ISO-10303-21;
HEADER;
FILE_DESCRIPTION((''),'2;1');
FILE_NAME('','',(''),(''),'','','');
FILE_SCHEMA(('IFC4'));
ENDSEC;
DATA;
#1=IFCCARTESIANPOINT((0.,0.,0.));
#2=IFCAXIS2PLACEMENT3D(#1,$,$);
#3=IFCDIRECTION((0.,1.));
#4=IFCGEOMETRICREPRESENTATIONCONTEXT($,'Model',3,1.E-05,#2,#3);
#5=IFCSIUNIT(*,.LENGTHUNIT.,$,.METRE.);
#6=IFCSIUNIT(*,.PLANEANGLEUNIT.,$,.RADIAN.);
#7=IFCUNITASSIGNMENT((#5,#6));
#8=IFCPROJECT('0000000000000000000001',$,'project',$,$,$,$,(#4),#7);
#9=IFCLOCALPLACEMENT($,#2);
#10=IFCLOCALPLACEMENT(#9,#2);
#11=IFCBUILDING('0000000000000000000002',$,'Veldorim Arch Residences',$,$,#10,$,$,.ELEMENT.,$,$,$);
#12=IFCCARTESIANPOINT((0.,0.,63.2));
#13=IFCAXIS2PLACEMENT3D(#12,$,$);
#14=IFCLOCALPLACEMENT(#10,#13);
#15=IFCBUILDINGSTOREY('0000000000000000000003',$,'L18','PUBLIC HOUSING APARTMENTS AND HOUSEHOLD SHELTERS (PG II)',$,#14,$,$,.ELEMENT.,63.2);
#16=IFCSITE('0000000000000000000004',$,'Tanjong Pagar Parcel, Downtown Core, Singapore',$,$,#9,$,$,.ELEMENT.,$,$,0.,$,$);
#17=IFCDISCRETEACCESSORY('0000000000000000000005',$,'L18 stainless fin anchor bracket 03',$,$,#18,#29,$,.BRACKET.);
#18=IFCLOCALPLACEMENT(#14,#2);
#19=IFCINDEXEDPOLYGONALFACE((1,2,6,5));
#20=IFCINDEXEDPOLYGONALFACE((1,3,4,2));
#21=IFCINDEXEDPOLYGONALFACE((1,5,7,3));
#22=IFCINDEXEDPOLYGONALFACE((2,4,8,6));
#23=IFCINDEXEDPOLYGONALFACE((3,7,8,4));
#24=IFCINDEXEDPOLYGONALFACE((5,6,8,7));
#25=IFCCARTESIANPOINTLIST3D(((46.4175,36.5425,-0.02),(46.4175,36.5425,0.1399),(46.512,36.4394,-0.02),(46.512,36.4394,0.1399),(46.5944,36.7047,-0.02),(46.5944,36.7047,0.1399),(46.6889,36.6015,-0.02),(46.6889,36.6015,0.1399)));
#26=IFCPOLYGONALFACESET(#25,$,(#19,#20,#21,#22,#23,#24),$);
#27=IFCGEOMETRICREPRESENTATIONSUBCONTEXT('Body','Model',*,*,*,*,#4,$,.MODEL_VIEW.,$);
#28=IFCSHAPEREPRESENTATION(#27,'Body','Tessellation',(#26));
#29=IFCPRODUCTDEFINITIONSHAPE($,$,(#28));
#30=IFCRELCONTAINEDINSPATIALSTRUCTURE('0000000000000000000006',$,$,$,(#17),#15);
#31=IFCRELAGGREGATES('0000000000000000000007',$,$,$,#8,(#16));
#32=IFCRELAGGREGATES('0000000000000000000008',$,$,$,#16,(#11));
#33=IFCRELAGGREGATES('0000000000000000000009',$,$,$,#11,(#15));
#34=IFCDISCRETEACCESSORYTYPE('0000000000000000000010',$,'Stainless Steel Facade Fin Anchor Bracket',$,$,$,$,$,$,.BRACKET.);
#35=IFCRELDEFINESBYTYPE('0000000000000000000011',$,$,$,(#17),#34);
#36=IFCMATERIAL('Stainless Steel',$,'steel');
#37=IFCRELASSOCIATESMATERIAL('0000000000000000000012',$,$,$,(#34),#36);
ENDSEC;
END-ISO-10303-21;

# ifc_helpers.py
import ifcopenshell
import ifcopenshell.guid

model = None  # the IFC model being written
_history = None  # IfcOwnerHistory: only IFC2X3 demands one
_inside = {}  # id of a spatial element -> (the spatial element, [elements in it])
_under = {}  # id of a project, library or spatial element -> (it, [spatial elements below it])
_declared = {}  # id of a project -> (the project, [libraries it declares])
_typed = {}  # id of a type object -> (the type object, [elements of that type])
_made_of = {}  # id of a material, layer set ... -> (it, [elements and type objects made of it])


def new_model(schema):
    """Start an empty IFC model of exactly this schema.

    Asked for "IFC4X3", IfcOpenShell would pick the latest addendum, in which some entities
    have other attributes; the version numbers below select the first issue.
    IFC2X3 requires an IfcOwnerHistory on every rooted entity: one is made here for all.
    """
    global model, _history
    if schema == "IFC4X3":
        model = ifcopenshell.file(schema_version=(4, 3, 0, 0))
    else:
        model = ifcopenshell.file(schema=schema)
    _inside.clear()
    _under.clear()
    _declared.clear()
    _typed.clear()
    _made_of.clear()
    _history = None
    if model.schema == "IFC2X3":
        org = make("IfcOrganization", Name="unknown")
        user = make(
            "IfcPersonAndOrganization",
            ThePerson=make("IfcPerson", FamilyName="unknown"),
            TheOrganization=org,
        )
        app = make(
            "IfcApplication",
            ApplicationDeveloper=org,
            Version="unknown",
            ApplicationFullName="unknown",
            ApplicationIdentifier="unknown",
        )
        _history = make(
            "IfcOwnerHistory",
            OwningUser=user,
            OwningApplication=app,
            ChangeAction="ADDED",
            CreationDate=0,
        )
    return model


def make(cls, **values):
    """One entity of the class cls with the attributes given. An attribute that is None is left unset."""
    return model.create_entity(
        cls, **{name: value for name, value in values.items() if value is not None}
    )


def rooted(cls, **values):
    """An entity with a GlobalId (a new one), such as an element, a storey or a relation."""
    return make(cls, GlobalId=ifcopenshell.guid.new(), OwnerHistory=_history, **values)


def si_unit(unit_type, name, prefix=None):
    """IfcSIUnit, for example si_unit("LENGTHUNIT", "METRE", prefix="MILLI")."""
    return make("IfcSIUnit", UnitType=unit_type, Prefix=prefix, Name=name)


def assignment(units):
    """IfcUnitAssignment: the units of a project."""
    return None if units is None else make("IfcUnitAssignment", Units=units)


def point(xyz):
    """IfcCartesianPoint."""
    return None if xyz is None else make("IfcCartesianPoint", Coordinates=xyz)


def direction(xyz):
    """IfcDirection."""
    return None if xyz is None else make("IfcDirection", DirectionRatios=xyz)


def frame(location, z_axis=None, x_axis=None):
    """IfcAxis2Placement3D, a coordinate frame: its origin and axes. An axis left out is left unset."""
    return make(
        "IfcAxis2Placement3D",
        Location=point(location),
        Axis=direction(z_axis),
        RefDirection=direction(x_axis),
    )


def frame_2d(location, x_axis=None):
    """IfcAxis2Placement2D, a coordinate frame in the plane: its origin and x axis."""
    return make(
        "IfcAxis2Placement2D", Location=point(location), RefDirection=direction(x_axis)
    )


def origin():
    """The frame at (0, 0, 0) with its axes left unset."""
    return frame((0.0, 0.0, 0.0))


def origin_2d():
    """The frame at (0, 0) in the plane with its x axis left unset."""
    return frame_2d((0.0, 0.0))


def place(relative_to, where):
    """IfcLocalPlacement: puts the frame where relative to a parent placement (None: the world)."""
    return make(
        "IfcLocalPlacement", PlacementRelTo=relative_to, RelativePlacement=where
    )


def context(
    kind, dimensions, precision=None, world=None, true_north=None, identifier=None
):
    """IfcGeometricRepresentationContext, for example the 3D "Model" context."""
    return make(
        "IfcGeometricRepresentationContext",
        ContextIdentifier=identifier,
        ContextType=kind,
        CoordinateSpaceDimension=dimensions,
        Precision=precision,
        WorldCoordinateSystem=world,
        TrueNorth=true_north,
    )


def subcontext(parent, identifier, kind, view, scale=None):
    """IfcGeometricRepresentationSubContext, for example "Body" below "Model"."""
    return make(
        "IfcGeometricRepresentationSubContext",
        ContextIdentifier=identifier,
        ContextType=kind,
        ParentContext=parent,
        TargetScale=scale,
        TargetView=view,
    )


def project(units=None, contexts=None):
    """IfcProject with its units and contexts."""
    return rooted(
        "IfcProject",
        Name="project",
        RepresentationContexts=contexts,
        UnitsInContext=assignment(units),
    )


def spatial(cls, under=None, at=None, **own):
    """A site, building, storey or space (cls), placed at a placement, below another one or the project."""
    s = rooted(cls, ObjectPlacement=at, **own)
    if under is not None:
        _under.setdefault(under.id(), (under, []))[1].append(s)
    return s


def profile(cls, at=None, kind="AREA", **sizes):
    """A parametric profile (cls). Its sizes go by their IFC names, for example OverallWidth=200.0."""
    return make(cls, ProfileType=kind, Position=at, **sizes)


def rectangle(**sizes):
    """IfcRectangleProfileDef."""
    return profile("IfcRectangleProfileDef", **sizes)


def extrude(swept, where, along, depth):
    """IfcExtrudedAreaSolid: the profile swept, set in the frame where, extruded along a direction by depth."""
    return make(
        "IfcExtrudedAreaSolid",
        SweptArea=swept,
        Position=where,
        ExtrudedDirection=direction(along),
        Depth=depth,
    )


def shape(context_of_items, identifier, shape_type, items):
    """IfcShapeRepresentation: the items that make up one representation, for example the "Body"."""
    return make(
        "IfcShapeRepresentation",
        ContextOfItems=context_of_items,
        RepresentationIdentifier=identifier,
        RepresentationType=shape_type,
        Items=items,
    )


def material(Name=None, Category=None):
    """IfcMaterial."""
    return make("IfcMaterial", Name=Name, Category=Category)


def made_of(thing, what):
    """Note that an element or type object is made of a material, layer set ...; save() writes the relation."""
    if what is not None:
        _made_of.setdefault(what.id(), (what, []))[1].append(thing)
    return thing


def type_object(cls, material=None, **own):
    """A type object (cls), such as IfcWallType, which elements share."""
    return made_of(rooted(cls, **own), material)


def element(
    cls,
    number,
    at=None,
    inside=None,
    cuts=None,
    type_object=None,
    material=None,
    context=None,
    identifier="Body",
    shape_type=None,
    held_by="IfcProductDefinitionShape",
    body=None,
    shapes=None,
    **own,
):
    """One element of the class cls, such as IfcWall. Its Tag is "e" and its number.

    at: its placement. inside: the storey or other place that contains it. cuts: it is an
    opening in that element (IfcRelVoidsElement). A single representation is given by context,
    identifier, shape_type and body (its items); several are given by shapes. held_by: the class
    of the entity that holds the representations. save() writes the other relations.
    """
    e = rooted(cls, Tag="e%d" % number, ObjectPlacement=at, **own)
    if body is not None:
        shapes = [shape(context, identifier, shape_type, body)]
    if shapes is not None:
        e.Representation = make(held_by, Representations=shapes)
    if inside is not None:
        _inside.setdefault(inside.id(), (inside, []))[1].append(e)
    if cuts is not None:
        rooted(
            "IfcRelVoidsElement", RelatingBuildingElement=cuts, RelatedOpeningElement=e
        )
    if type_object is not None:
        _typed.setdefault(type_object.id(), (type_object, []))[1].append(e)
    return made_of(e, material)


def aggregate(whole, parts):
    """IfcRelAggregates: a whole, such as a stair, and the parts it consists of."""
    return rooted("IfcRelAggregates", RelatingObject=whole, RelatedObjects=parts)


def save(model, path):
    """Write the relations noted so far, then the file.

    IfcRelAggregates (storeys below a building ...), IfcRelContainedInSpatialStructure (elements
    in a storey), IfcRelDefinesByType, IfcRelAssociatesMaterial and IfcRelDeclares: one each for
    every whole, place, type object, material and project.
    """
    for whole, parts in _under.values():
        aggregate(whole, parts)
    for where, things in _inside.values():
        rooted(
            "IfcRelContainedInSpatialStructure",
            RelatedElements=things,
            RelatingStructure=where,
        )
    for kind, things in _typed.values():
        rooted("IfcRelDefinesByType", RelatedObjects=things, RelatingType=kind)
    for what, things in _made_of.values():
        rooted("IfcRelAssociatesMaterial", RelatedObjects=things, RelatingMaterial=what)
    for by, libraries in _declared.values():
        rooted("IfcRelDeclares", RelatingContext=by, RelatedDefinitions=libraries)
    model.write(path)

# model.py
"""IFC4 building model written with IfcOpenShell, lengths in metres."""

from ifc_helpers import new_model, si_unit, direction, frame, origin, origin_2d, place, context, subcontext, project, spatial, rectangle, extrude, material, type_object, element, save


model = new_model("IFC4")

# Units and contexts
model_context = context("Model", 3, precision=1e-05, world=origin(), true_north=direction((0.0, 1.0)))
body_context = subcontext(model_context, "Body", "Model", "MODEL_VIEW")
ifc_project = project(units=[si_unit("LENGTHUNIT", "METRE"), si_unit("PLANEANGLEUNIT", "RADIAN")], contexts=[model_context])

# Site, building, storey
site_placement = place(None, origin())
site = spatial("IfcSite", under=ifc_project, at=site_placement, Name="Tanjong Pagar Parcel, Downtown Core, Singapore", CompositionType="ELEMENT", RefElevation=0.0)
building_placement = place(site_placement, origin())
building = spatial("IfcBuilding", under=site, at=building_placement, Name="Veldorim Arch Residences", CompositionType="ELEMENT")
storey_placement = place(building_placement, frame((0.0, 0.0, 63.2)))
storey = spatial("IfcBuildingStorey", under=building, at=storey_placement, Name="L18", Description="PUBLIC HOUSING APARTMENTS AND HOUSEHOLD SHELTERS (PG II)", CompositionType="ELEMENT", Elevation=63.2)

# Discrete accessory
ifc_material_1 = material(Name="Stainless Steel", Category="steel")
discrete_accessory_type = type_object("IfcDiscreteAccessoryType", Name="Stainless Steel Facade Fin Anchor Bracket", PredefinedType="BRACKET", material=ifc_material_1)
discrete_accessory_placement = place(storey_placement, frame((46.5532, 36.572, -0.02), z_axis=(0.0, 0.0, 1.0), x_axis=(0.675719, -0.737159, 0.0)))
element("IfcDiscreteAccessory", 1, at=discrete_accessory_placement, inside=storey, type_object=discrete_accessory_type, Name="L18 stainless fin anchor bracket 03", PredefinedType="BRACKET", context=body_context, shape_type="SweptSolid", body=[
    extrude(rectangle(XDim=0.1399, YDim=0.24, at=origin_2d()), origin(), (0.0, 0.0, 1.0), 0.1599),
])

save(model, "model.ifc")
